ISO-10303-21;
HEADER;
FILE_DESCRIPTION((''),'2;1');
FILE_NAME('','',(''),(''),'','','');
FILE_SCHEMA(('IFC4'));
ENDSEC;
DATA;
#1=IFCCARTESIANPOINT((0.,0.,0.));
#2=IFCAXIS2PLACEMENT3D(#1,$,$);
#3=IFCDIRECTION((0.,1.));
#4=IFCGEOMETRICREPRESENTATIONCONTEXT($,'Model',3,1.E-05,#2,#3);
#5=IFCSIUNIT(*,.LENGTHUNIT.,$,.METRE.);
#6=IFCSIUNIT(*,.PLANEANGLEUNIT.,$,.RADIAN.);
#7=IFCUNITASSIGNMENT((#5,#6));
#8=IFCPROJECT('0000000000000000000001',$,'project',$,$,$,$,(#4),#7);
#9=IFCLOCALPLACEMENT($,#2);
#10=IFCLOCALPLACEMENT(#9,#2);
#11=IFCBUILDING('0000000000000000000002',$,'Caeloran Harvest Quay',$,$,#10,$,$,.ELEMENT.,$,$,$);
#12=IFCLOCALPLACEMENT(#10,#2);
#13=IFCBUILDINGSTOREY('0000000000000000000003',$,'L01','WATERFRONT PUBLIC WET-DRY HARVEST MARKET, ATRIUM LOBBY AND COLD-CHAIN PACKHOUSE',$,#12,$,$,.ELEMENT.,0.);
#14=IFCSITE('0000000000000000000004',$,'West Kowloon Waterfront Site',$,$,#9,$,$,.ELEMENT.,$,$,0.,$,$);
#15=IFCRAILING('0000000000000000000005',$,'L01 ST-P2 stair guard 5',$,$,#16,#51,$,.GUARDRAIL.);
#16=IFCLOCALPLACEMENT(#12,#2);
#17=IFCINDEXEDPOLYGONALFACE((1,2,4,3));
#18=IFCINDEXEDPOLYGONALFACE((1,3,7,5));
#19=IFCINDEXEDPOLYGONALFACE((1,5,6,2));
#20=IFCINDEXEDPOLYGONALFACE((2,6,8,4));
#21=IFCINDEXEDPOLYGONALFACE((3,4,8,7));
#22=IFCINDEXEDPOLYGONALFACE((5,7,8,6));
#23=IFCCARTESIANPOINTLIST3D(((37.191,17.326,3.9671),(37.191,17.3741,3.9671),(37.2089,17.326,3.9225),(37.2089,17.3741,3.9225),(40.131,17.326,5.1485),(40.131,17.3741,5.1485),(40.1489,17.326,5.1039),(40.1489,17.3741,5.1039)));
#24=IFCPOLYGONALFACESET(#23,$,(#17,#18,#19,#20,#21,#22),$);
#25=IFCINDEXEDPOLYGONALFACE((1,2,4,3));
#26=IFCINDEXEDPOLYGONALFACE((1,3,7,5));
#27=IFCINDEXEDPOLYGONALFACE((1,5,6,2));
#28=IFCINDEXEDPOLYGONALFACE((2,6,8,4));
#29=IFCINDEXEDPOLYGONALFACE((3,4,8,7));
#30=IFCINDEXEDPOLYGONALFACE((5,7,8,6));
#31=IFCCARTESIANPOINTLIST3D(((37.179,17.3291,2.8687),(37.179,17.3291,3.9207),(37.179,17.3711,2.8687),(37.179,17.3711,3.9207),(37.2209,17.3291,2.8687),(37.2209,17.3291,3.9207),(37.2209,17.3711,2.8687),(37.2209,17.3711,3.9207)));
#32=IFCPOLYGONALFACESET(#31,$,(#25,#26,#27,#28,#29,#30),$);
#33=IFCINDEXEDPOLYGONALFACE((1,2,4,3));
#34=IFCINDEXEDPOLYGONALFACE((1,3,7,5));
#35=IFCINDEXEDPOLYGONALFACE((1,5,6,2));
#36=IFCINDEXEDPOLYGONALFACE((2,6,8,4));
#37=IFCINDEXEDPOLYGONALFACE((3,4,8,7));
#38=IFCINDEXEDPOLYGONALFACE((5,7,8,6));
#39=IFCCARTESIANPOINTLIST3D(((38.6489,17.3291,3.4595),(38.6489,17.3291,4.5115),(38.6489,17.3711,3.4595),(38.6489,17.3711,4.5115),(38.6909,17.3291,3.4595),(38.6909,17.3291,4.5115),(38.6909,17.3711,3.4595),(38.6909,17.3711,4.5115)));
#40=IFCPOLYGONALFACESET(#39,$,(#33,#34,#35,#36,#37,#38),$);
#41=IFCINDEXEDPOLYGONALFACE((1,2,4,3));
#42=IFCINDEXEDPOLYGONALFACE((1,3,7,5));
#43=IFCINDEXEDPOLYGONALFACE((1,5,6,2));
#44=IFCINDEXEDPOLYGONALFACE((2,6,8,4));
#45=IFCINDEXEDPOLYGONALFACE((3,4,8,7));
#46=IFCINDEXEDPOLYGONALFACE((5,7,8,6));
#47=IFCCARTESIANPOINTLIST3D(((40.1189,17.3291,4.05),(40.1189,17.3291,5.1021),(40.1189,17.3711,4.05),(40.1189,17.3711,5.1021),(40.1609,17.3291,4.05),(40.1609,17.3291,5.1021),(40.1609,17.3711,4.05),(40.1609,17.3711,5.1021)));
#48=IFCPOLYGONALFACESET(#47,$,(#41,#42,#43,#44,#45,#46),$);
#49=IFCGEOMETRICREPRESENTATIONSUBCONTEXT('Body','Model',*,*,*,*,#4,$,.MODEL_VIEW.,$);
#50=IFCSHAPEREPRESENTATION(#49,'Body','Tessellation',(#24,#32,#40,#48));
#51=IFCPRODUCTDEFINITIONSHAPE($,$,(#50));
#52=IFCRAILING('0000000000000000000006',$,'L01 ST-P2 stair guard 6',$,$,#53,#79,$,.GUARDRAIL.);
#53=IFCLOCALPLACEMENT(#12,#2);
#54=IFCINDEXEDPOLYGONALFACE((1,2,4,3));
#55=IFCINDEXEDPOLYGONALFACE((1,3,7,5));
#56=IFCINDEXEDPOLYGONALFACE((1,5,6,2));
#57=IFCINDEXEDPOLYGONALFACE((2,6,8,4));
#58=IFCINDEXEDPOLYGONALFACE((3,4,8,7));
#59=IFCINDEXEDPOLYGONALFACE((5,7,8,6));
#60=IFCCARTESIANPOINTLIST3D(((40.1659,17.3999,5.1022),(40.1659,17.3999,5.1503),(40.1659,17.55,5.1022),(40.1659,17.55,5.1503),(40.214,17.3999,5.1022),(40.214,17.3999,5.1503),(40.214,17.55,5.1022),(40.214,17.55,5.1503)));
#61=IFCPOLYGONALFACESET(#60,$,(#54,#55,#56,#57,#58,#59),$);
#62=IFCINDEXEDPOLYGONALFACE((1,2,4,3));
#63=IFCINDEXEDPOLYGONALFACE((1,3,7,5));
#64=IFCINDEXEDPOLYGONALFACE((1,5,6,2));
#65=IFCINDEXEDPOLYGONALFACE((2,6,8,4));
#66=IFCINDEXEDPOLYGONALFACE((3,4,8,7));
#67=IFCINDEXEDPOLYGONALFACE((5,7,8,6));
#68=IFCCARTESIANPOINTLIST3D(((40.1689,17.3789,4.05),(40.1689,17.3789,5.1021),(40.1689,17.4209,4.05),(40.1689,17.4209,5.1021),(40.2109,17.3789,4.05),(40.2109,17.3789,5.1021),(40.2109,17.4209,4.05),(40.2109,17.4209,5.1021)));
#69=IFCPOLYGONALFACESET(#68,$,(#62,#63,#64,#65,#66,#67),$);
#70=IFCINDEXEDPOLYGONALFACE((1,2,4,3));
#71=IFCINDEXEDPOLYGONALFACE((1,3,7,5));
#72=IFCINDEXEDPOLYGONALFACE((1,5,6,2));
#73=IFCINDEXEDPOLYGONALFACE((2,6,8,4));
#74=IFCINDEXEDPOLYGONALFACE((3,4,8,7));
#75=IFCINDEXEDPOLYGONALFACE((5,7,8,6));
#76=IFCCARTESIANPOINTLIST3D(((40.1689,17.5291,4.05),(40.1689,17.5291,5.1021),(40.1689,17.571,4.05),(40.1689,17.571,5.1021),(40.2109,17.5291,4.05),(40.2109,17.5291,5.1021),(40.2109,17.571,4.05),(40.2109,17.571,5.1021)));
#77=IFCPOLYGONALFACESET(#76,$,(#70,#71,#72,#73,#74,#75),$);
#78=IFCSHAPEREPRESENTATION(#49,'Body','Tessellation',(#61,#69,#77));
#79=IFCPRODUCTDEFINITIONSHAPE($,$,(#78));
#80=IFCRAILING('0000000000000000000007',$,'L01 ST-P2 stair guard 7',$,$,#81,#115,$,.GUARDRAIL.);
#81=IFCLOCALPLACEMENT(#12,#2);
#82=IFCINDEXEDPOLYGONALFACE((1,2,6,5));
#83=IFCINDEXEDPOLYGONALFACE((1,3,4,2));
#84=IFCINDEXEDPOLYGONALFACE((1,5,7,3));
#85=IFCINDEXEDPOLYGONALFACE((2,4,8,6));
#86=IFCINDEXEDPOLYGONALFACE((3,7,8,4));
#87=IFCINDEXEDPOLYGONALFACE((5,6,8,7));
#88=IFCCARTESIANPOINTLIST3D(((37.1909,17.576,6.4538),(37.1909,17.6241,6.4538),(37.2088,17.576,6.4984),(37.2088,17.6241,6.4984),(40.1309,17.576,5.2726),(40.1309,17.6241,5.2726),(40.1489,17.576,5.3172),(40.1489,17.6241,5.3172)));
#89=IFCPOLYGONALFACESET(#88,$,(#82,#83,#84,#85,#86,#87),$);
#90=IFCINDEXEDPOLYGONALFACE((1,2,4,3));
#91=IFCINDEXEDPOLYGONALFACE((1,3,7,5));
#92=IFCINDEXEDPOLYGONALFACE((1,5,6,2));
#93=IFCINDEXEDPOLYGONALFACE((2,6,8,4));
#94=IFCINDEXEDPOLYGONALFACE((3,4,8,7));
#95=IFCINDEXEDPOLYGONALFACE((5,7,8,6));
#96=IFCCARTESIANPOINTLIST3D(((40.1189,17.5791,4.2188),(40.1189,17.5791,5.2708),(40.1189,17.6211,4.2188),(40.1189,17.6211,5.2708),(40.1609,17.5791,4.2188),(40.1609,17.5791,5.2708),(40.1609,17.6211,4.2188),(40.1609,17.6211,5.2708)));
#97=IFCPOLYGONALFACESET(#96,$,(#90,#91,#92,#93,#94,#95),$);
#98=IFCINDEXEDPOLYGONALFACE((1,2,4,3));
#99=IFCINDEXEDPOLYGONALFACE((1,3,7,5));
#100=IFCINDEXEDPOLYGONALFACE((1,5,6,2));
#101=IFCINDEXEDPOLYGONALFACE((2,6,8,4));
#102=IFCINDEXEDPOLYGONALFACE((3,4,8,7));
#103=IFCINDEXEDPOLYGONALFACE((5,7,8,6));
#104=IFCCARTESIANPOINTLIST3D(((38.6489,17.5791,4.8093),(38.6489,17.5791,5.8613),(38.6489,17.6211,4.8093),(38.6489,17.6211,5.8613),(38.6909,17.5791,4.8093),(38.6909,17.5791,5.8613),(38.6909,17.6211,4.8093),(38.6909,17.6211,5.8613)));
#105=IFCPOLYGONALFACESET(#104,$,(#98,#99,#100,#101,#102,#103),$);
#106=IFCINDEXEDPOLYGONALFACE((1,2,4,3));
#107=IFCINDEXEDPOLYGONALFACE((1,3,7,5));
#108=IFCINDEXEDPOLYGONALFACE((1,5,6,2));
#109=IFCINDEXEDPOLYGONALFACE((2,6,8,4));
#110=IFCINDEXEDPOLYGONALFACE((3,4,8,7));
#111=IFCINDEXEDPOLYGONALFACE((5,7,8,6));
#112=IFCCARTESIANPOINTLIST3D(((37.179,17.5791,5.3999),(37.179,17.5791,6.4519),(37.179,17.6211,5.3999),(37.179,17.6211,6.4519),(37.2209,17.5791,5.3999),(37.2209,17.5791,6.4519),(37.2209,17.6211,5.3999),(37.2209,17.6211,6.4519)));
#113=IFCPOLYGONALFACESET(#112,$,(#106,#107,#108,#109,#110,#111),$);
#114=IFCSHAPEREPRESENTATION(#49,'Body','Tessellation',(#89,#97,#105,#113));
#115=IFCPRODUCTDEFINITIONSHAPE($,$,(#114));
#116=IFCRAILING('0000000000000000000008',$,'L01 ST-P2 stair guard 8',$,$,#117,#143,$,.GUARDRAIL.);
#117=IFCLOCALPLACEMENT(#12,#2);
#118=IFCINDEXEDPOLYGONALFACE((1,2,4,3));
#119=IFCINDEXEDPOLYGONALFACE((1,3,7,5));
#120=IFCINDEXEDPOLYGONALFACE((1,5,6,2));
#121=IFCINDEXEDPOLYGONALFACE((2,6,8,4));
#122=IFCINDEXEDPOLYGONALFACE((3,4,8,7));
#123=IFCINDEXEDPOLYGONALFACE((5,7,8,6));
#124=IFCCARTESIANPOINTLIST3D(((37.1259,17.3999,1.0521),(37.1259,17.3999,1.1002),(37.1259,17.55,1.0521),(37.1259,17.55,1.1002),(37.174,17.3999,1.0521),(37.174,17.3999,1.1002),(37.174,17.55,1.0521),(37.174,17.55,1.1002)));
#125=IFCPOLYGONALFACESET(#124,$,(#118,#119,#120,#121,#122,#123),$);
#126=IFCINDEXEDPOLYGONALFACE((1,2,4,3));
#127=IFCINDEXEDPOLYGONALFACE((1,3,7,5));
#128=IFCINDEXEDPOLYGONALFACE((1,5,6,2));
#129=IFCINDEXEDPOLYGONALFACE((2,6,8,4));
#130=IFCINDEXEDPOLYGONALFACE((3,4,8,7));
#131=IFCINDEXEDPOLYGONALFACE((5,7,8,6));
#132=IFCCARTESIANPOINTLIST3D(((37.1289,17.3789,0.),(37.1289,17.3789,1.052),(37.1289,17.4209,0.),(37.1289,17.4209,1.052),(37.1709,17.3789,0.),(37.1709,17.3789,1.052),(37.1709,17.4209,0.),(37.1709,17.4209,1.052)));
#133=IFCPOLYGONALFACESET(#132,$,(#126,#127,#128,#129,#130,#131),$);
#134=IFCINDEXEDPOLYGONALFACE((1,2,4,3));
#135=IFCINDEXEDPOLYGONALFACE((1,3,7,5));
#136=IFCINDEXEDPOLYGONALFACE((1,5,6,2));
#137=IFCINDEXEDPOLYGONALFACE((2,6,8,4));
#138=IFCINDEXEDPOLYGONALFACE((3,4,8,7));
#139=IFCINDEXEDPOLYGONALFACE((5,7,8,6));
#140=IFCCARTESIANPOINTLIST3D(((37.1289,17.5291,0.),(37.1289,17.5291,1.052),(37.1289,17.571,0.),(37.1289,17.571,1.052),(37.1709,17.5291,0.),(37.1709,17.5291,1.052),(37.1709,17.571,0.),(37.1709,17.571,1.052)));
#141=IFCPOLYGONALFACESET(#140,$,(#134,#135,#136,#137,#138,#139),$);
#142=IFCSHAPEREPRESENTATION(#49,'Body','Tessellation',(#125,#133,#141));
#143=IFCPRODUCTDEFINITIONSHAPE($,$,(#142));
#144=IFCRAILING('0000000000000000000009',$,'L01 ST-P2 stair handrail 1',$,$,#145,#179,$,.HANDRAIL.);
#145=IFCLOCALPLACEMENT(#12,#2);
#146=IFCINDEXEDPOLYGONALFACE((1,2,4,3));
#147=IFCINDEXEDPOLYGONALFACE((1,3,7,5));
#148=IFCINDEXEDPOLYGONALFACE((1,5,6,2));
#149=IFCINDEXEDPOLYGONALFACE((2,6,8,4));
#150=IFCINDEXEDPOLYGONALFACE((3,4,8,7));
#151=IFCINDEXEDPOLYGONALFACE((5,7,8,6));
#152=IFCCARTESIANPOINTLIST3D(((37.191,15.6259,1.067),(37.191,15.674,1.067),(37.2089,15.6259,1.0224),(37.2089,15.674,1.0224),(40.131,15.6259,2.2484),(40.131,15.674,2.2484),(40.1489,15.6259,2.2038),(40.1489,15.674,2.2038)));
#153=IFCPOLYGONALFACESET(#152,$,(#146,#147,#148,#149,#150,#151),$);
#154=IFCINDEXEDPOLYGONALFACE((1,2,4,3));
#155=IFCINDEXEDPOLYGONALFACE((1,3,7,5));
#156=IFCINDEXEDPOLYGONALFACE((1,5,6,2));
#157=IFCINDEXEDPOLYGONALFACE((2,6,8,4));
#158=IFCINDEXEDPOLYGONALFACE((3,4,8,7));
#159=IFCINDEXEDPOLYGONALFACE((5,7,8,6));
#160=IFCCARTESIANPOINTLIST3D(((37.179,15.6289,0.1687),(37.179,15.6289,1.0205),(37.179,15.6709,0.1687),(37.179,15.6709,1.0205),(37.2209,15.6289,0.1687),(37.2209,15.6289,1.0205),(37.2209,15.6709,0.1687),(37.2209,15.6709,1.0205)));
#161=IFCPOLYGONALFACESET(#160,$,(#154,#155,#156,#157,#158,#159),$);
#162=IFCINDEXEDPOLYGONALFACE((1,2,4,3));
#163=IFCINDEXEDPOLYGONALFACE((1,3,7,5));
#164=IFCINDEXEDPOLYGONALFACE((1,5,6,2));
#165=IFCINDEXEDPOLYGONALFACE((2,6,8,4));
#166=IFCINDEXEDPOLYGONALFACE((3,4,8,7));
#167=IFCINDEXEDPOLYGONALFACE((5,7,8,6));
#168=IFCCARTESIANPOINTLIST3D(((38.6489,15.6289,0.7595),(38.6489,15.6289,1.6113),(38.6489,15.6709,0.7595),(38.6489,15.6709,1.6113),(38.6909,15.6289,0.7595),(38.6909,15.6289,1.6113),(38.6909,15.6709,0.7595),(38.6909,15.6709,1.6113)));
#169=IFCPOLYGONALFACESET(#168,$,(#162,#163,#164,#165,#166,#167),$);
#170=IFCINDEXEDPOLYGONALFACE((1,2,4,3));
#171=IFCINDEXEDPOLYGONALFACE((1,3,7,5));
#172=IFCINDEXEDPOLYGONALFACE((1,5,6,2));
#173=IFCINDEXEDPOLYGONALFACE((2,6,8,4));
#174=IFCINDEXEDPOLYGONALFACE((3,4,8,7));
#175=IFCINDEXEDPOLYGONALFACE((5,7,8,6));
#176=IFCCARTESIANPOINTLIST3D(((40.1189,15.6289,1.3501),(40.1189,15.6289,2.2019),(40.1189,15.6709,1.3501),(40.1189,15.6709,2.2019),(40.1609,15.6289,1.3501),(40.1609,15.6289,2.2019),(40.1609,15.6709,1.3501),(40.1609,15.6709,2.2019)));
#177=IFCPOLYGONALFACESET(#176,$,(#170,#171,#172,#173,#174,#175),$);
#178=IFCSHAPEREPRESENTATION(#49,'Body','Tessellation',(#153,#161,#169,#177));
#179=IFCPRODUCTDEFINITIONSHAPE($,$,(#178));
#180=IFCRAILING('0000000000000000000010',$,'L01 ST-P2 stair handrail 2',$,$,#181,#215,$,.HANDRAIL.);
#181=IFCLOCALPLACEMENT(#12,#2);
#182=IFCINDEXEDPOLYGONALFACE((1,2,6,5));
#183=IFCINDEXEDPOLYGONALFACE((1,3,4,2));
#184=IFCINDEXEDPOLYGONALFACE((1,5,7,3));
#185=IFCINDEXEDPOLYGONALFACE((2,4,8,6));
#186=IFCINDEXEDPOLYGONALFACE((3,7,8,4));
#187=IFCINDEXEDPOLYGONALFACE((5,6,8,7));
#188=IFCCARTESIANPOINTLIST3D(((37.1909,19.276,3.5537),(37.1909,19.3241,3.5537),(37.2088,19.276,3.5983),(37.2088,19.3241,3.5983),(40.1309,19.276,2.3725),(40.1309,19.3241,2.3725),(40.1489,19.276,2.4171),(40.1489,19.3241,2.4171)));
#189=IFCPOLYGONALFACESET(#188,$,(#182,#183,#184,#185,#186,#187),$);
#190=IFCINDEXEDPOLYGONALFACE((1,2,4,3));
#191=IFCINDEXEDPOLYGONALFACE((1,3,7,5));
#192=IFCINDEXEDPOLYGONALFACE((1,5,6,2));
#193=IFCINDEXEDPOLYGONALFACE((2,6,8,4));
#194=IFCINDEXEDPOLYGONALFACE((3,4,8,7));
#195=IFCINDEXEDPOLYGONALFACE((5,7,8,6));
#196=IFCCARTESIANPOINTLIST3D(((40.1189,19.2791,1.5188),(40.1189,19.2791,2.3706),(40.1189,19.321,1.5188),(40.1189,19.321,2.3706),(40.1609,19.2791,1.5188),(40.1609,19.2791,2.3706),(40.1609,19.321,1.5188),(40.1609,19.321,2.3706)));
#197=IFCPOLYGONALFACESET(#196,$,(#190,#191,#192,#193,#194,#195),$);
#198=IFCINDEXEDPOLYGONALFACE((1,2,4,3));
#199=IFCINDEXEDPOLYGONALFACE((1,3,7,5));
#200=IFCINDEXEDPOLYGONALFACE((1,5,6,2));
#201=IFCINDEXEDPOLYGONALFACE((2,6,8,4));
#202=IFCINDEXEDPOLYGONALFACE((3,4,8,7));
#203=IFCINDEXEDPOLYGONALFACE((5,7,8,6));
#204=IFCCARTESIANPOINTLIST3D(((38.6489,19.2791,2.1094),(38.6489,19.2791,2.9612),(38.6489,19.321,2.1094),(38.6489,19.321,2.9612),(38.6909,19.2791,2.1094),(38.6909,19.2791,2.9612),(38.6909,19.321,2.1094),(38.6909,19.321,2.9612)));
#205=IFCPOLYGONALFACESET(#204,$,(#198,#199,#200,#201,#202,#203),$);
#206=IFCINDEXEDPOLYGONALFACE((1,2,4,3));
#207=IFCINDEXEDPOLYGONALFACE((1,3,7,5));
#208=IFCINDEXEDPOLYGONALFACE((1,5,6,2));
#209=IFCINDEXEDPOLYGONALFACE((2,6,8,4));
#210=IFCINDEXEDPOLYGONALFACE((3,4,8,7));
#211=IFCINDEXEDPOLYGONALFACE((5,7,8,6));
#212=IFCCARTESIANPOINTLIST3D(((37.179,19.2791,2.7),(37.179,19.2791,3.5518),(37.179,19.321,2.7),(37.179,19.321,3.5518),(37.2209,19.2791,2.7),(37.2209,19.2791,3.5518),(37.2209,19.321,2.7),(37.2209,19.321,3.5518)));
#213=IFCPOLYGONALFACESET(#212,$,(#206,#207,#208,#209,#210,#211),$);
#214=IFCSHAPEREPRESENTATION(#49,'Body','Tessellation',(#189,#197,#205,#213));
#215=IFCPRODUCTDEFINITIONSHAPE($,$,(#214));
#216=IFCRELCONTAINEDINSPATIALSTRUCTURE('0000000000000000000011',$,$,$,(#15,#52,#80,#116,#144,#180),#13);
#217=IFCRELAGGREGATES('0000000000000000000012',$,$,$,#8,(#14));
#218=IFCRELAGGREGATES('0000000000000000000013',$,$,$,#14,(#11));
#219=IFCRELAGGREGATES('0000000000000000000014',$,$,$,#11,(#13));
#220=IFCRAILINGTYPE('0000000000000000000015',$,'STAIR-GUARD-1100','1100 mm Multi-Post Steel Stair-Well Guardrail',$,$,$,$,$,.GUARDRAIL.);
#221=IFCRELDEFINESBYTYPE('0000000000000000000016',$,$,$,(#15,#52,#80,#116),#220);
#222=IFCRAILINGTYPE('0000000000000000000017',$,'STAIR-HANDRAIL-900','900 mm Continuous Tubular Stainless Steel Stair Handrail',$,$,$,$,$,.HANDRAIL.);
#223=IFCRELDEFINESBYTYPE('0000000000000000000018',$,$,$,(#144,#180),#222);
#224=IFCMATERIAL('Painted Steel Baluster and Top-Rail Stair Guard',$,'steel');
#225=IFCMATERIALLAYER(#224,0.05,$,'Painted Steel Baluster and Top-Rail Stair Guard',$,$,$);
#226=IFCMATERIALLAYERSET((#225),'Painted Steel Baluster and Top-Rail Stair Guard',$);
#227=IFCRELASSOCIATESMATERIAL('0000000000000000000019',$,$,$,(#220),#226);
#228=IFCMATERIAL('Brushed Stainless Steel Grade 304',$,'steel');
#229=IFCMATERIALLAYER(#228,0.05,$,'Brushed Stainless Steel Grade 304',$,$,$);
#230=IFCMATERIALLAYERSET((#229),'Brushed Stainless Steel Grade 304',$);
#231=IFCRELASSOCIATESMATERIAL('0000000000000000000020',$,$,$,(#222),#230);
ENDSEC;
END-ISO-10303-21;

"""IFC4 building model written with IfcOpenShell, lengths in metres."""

from ifc_helpers import new_model, si_unit, direction, frame, origin, origin_2d, place, context, subcontext, project, spatial, rectangle, extrude, material, layer, layer_set, type_object, element, save


model = new_model("IFC4")

# Units and contexts
model_context = context("Model", 3, precision=1e-05, world=origin(), true_north=direction((0.0, 1.0)))
body_context = subcontext(model_context, "Body", "Model", "MODEL_VIEW")
ifc_project = project(units=[si_unit("LENGTHUNIT", "METRE"), si_unit("PLANEANGLEUNIT", "RADIAN")], contexts=[model_context])

# Site, building, storey
site_placement = place(None, origin())
site = spatial("IfcSite", under=ifc_project, at=site_placement, Name="West Kowloon Waterfront Site", CompositionType="ELEMENT", RefElevation=0.0)
building_placement = place(site_placement, origin())
building = spatial("IfcBuilding", under=site, at=building_placement, Name="Caeloran Harvest Quay", CompositionType="ELEMENT")
storey_placement = place(building_placement, origin())
storey = spatial("IfcBuildingStorey", under=building, at=storey_placement, Name="L01", Description="WATERFRONT PUBLIC WET-DRY HARVEST MARKET, ATRIUM LOBBY AND COLD-CHAIN PACKHOUSE", CompositionType="ELEMENT", Elevation=0.0)

# Railings
ifc_material_1 = material(Name="Painted Steel Baluster and Top-Rail Stair Guard", Category="steel")
ifc_layer_1 = layer(ifc_material_1, 0.05, Name="Painted Steel Baluster and Top-Rail Stair Guard")
ifc_layer_set_1 = layer_set([ifc_layer_1], Name="Painted Steel Baluster and Top-Rail Stair Guard")
railing_type_1 = type_object("IfcRailingType", Name="STAIR-GUARD-1100", Description="1100 mm Multi-Post Steel Stair-Well Guardrail", PredefinedType="GUARDRAIL", material=ifc_layer_set_1)
railing_1_placement = place(storey_placement, frame((37.2, 17.3501, 2.8687)))
element("IfcRailing", 1, at=railing_1_placement, inside=storey, type_object=railing_type_1, Name="L01 ST-P2 stair guard 5", PredefinedType="GUARDRAIL", context=body_context, shape_type="SweptSolid", body=[
    extrude(rectangle(XDim=0.0481, YDim=0.0481, at=origin_2d()), frame((0.0, 0.0, 1.0762), z_axis=(0.927886, 0.0, 0.372865), x_axis=(0.0, 1.0, 0.0)), (0.0, 0.0, 1.0), 3.1685),
    extrude(rectangle(XDim=0.042, YDim=0.042, at=origin_2d()), origin(), (0.0, 0.0, 1.0), 1.052),
    extrude(rectangle(XDim=0.042, YDim=0.042, at=origin_2d()), frame((1.47, 0.0, 0.5908)), (0.0, 0.0, 1.0), 1.052),
    extrude(rectangle(XDim=0.042, YDim=0.042, at=origin_2d()), frame((2.9399, 0.0, 1.1814)), (0.0, 0.0, 1.0), 1.052),
])
railing_2_placement = place(storey_placement, frame((40.1899, 17.3999, 4.05)))
element("IfcRailing", 2, at=railing_2_placement, inside=storey, type_object=railing_type_1, Name="L01 ST-P2 stair guard 6", PredefinedType="GUARDRAIL", context=body_context, shape_type="SweptSolid", body=[
    extrude(rectangle(XDim=0.0481, YDim=0.0481, at=origin_2d()), frame((0.0, 0.0, 1.0762), z_axis=(0.0, 1.0, 0.0), x_axis=(-1.0, 0.0, 0.0)), (0.0, 0.0, 1.0), 0.1501),
    extrude(rectangle(XDim=0.042, YDim=0.042, at=origin_2d()), origin(), (0.0, 0.0, 1.0), 1.052),
    extrude(rectangle(XDim=0.042, YDim=0.042, at=origin_2d()), frame((0.0, 0.1501, 0.0)), (0.0, 0.0, 1.0), 1.052),
])
railing_3_placement = place(storey_placement, frame((40.1399, 17.6001, 4.2188)))
element("IfcRailing", 3, at=railing_3_placement, inside=storey, type_object=railing_type_1, Name="L01 ST-P2 stair guard 7", PredefinedType="GUARDRAIL", context=body_context, shape_type="SweptSolid", body=[
    extrude(rectangle(XDim=0.0481, YDim=0.0481, at=origin_2d()), frame((0.0, 0.0, 1.0762), z_axis=(-0.927912, 0.0, 0.372799), x_axis=(0.0, -1.0, 0.0)), (0.0, 0.0, 1.0), 3.1685),
    extrude(rectangle(XDim=0.042, YDim=0.042, at=origin_2d()), origin(), (0.0, 0.0, 1.0), 1.052),
    extrude(rectangle(XDim=0.042, YDim=0.042, at=origin_2d()), frame((-1.47, 0.0, 0.5906)), (0.0, 0.0, 1.0), 1.052),
    extrude(rectangle(XDim=0.042, YDim=0.042, at=origin_2d()), frame((-2.9399, 0.0, 1.1812)), (0.0, 0.0, 1.0), 1.052),
])
railing_4_placement = place(storey_placement, frame((37.1499, 17.3999, 0.0)))
element("IfcRailing", 4, at=railing_4_placement, inside=storey, type_object=railing_type_1, Name="L01 ST-P2 stair guard 8", PredefinedType="GUARDRAIL", context=body_context, shape_type="SweptSolid", body=[
    extrude(rectangle(XDim=0.0481, YDim=0.0481, at=origin_2d()), frame((0.0, 0.0, 1.0762), z_axis=(0.0, 1.0, 0.0), x_axis=(-1.0, 0.0, 0.0)), (0.0, 0.0, 1.0), 0.1501),
    extrude(rectangle(XDim=0.042, YDim=0.042, at=origin_2d()), origin(), (0.0, 0.0, 1.0), 1.052),
    extrude(rectangle(XDim=0.042, YDim=0.042, at=origin_2d()), frame((0.0, 0.1501, 0.0)), (0.0, 0.0, 1.0), 1.052),
])
ifc_material_2 = material(Name="Brushed Stainless Steel Grade 304", Category="steel")
ifc_layer_2 = layer(ifc_material_2, 0.05, Name="Brushed Stainless Steel Grade 304")
ifc_layer_set_2 = layer_set([ifc_layer_2], Name="Brushed Stainless Steel Grade 304")
railing_type_2 = type_object("IfcRailingType", Name="STAIR-HANDRAIL-900", Description="900 mm Continuous Tubular Stainless Steel Stair Handrail", PredefinedType="HANDRAIL", material=ifc_layer_set_2)
railing_5_placement = place(storey_placement, frame((37.2, 15.6499, 0.1687)))
element("IfcRailing", 5, at=railing_5_placement, inside=storey, type_object=railing_type_2, Name="L01 ST-P2 stair handrail 1", PredefinedType="HANDRAIL", context=body_context, shape_type="SweptSolid", body=[
    extrude(rectangle(XDim=0.0481, YDim=0.0481, at=origin_2d()), frame((0.0, 0.0, 0.876), z_axis=(0.927886, 0.0, 0.372865), x_axis=(0.0, 1.0, 0.0)), (0.0, 0.0, 1.0), 3.1685),
    extrude(rectangle(XDim=0.042, YDim=0.042, at=origin_2d()), origin(), (0.0, 0.0, 1.0), 0.8518),
    extrude(rectangle(XDim=0.042, YDim=0.042, at=origin_2d()), frame((1.47, 0.0, 0.5908)), (0.0, 0.0, 1.0), 0.8518),
    extrude(rectangle(XDim=0.042, YDim=0.042, at=origin_2d()), frame((2.9399, 0.0, 1.1814)), (0.0, 0.0, 1.0), 0.8518),
])
railing_6_placement = place(storey_placement, frame((40.1399, 19.3, 1.5188)))
element("IfcRailing", 6, at=railing_6_placement, inside=storey, type_object=railing_type_2, Name="L01 ST-P2 stair handrail 2", PredefinedType="HANDRAIL", context=body_context, shape_type="SweptSolid", body=[
    extrude(rectangle(XDim=0.0481, YDim=0.0481, at=origin_2d()), frame((0.0, 0.0, 0.876), z_axis=(-0.927912, 0.0, 0.372799), x_axis=(0.0, -1.0, 0.0)), (0.0, 0.0, 1.0), 3.1685),
    extrude(rectangle(XDim=0.042, YDim=0.042, at=origin_2d()), origin(), (0.0, 0.0, 1.0), 0.8518),
    extrude(rectangle(XDim=0.042, YDim=0.042, at=origin_2d()), frame((-1.47, 0.0, 0.5906)), (0.0, 0.0, 1.0), 0.8518),
    extrude(rectangle(XDim=0.042, YDim=0.042, at=origin_2d()), frame((-2.9399, 0.0, 1.1812)), (0.0, 0.0, 1.0), 0.8518),
])

save(model, "model.ifc")
